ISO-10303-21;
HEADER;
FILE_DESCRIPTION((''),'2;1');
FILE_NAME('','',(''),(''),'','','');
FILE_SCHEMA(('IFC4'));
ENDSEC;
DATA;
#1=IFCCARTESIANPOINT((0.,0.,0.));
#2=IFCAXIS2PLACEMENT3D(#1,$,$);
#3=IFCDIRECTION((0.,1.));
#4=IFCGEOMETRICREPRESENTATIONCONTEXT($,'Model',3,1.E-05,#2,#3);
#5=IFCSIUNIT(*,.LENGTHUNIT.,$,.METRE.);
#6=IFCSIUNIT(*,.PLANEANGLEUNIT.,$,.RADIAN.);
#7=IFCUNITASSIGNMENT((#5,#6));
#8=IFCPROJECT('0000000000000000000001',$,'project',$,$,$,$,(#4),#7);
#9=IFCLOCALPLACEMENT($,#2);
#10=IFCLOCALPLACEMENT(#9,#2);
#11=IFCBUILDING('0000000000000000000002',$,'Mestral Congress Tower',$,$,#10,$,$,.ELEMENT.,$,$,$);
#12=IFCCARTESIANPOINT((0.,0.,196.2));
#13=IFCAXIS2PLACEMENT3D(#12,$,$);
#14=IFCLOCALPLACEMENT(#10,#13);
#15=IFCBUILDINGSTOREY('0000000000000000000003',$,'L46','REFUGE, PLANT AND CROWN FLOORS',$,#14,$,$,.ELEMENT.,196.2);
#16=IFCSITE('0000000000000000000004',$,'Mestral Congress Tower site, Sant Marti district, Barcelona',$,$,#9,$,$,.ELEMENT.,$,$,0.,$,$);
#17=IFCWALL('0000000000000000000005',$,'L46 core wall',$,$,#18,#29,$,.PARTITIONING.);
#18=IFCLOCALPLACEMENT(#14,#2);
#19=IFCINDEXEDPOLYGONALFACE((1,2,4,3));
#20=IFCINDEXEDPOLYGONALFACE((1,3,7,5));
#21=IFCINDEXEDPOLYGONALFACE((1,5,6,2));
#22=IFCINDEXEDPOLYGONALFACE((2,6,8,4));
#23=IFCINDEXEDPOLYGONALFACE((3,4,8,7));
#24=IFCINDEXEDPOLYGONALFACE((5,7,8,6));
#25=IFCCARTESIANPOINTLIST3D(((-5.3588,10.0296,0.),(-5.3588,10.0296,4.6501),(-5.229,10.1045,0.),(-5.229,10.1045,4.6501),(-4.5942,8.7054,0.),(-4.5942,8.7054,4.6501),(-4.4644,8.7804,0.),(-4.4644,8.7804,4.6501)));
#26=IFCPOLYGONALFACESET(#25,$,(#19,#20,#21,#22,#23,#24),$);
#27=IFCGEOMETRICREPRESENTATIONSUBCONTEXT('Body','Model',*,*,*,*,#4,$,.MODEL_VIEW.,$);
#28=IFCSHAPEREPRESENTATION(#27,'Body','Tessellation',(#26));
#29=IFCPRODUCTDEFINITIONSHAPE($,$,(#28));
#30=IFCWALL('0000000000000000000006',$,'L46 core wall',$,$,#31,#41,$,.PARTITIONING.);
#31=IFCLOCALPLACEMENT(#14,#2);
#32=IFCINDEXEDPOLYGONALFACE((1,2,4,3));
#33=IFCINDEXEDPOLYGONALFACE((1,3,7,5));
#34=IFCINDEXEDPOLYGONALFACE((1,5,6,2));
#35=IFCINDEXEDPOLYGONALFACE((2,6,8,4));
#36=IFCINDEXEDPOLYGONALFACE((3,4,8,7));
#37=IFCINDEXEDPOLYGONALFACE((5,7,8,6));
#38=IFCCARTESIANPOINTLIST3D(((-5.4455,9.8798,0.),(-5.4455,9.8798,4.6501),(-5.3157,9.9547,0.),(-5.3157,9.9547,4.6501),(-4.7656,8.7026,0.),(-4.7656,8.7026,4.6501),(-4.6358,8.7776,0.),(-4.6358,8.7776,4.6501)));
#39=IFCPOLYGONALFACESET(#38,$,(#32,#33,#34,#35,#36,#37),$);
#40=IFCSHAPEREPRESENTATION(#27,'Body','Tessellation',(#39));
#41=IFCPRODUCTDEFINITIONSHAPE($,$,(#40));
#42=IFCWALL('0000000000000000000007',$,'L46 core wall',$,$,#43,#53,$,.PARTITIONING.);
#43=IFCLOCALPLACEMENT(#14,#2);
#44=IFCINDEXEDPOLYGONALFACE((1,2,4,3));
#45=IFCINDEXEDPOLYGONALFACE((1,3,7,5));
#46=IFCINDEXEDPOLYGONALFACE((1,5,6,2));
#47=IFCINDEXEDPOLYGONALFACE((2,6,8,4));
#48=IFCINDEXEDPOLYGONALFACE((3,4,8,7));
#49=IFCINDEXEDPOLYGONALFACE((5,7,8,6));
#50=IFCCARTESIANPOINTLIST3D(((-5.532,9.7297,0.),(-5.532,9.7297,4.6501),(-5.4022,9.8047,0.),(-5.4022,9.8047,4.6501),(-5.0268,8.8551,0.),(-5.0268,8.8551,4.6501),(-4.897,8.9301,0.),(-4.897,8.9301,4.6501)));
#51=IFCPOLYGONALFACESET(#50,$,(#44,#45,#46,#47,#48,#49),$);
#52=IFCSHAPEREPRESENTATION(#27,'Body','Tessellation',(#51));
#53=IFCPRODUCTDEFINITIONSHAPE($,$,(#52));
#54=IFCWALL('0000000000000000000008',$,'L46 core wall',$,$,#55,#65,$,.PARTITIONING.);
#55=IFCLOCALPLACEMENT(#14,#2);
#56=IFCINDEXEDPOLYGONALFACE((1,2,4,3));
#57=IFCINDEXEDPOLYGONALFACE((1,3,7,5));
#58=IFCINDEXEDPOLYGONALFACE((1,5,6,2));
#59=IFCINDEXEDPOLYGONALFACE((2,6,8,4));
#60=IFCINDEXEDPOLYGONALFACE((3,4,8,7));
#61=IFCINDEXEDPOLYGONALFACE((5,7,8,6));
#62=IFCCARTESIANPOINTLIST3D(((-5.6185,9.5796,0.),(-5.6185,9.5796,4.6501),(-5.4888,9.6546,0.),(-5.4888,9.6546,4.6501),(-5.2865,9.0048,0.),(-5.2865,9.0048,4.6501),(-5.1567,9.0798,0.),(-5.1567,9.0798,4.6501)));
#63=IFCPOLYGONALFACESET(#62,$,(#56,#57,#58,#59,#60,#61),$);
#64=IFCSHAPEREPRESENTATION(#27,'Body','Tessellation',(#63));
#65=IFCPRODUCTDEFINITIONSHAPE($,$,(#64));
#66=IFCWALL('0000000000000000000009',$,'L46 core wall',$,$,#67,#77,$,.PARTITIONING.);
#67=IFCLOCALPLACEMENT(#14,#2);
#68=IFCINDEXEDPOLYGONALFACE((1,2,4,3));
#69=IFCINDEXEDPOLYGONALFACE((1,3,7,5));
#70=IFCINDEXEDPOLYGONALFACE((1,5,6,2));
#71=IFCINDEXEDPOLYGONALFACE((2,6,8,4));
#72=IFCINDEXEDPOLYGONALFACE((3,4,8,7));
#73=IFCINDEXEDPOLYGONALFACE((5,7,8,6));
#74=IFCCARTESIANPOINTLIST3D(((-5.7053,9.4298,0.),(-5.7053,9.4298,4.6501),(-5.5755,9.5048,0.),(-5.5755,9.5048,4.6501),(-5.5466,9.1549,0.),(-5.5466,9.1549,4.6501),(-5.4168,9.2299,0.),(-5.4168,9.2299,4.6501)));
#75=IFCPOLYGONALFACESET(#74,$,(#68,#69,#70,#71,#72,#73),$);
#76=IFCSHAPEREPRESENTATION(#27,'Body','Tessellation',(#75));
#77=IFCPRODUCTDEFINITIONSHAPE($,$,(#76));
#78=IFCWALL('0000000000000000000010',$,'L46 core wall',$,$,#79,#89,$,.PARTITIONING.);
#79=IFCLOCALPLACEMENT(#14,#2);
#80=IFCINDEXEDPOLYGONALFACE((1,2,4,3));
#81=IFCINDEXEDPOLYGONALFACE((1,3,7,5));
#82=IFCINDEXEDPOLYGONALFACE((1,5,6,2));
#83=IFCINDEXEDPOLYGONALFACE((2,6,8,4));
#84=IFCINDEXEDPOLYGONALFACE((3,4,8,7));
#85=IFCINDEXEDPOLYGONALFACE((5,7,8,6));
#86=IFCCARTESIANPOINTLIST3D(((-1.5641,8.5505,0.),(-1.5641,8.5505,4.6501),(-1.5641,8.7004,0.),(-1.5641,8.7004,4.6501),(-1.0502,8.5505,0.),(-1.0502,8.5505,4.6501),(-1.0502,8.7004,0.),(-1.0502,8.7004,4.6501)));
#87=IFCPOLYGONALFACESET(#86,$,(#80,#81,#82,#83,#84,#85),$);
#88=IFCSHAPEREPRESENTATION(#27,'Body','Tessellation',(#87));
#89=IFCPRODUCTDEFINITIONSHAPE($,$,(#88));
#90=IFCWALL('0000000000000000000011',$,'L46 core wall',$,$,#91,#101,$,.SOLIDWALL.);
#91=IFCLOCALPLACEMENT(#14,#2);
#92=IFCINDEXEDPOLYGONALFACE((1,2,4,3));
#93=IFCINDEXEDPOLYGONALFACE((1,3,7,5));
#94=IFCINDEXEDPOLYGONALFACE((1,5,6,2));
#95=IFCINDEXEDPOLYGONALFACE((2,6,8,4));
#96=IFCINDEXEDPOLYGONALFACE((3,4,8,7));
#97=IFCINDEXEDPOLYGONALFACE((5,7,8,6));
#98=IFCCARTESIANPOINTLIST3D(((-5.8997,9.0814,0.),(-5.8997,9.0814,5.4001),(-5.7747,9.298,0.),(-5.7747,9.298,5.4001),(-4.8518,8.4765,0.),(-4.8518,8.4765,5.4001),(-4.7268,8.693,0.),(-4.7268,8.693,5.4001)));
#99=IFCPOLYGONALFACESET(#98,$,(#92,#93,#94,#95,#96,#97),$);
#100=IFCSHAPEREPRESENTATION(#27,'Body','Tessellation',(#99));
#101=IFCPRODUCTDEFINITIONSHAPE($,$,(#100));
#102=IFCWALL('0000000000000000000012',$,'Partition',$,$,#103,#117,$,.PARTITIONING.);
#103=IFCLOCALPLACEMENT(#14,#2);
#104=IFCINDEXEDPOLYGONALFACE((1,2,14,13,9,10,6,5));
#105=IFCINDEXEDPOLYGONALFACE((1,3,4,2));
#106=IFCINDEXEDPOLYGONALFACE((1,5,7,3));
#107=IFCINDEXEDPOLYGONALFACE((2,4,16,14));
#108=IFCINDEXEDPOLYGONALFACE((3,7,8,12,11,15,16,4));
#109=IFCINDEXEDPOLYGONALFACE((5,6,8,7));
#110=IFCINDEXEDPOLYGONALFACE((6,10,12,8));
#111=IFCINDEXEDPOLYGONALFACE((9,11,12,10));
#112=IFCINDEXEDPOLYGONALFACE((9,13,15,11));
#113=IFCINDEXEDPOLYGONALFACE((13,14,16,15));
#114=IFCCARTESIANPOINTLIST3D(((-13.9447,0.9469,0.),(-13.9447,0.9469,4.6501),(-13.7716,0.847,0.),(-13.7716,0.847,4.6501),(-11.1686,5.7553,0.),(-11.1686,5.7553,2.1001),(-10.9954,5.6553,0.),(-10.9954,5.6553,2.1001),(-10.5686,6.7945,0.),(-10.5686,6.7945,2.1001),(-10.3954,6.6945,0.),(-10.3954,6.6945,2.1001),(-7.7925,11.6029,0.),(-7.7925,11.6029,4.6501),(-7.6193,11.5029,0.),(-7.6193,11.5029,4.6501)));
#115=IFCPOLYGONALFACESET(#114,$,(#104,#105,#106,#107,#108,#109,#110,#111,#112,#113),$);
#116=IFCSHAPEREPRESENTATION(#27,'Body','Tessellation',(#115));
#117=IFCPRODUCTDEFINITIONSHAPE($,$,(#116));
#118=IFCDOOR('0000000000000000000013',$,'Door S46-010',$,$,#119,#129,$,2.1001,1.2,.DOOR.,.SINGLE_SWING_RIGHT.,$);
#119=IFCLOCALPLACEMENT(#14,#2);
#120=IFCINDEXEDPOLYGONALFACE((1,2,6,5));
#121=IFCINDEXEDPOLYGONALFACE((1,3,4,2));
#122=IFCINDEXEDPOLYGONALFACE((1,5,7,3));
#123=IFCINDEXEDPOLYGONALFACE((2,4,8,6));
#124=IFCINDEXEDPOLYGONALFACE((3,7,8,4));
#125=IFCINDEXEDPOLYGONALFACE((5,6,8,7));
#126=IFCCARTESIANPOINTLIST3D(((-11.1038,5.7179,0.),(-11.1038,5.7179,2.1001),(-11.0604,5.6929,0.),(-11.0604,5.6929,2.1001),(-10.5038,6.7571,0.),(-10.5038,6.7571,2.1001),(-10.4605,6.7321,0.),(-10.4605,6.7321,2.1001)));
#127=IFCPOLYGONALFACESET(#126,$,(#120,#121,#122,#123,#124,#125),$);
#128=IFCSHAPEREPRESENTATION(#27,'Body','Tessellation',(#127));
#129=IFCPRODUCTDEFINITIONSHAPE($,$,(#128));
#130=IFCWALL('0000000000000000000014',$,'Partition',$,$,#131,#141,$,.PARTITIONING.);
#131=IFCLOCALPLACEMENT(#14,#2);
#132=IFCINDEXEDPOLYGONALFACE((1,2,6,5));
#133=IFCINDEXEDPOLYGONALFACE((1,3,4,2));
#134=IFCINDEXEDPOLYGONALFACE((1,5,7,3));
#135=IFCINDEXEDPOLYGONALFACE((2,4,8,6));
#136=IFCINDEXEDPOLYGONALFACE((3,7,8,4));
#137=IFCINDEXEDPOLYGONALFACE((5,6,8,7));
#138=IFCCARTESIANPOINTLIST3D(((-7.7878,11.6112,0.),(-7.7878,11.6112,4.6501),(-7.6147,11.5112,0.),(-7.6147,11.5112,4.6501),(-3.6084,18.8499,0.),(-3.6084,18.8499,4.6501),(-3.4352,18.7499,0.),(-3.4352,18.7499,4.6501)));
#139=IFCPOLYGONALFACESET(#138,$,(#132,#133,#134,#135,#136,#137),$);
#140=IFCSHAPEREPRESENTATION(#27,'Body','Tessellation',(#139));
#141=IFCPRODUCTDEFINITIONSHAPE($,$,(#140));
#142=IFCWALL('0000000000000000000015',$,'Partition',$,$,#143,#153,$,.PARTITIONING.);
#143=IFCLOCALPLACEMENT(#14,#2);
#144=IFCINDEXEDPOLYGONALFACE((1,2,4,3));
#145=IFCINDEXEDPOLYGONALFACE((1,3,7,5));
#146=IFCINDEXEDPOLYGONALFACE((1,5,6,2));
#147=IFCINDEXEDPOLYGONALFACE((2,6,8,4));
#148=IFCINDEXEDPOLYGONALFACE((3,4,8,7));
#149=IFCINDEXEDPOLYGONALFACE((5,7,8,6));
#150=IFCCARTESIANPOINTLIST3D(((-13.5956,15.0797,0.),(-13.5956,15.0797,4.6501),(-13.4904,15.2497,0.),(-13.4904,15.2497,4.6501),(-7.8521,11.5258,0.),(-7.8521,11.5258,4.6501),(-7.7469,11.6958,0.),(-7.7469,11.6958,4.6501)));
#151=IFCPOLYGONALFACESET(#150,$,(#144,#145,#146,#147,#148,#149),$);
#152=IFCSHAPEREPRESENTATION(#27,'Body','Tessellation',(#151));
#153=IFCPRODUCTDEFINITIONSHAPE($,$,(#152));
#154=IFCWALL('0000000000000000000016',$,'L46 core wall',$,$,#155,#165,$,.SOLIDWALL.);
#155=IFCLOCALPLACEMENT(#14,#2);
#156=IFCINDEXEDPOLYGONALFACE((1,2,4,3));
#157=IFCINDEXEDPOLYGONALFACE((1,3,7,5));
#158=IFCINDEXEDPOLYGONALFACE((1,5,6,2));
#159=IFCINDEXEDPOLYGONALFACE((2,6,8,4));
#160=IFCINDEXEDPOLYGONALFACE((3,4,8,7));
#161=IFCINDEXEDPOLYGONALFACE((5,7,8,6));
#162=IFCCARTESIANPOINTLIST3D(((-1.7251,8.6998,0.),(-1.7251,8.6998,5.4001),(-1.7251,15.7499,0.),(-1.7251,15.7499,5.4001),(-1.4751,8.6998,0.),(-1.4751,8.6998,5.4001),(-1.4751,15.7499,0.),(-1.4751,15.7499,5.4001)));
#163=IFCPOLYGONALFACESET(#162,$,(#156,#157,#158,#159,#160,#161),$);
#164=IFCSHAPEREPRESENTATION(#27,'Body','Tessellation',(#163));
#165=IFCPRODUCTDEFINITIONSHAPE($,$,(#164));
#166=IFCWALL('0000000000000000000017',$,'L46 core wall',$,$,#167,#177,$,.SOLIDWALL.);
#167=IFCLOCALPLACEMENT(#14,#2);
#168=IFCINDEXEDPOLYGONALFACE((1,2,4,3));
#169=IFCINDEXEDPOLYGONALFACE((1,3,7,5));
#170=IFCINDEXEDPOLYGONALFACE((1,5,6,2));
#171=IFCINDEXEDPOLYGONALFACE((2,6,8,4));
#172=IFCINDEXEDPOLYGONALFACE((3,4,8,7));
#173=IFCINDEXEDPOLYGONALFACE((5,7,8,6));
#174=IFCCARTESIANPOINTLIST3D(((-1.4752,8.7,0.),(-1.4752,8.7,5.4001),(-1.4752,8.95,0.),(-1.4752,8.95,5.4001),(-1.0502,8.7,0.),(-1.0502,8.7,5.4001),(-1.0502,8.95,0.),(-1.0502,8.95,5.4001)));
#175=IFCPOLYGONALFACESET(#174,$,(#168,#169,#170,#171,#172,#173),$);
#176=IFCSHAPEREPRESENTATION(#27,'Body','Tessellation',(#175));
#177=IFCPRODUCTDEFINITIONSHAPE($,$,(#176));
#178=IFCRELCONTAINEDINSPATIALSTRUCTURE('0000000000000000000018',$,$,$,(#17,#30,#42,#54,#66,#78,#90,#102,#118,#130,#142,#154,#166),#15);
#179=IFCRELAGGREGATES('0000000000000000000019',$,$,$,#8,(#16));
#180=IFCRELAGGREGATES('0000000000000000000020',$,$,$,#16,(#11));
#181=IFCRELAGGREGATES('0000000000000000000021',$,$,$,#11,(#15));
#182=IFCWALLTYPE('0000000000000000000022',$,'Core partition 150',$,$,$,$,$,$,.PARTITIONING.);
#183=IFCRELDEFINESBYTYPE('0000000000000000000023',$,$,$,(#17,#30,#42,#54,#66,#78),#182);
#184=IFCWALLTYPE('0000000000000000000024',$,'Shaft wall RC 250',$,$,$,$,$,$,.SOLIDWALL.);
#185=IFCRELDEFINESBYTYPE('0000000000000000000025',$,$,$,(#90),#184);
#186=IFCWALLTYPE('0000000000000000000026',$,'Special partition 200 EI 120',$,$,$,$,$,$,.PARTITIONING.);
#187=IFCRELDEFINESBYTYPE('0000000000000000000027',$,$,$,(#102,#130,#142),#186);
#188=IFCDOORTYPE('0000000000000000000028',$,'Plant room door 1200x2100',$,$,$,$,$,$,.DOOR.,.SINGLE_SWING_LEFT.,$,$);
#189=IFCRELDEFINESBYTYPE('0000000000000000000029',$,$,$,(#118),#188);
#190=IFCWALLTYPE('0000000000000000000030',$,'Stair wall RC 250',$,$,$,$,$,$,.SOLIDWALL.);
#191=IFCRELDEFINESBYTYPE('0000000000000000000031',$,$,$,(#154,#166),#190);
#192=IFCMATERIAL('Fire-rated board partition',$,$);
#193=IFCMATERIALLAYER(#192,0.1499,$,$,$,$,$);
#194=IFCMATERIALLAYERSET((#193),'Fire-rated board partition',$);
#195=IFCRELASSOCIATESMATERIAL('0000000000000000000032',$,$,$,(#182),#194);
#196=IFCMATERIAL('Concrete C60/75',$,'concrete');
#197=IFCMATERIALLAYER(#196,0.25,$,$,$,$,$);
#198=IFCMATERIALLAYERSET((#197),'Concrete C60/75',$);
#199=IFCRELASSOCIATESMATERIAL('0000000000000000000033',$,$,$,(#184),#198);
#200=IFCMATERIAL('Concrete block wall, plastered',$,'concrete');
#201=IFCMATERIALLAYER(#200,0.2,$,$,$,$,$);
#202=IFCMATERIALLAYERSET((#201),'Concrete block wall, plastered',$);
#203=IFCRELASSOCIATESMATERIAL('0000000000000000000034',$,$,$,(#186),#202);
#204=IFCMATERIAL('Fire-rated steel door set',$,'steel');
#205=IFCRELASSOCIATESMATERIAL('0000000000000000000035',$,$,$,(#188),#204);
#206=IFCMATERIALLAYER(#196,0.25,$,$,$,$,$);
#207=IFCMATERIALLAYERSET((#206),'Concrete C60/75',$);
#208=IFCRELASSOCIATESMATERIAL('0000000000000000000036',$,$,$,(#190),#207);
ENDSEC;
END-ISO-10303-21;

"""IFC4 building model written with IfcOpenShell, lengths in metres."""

from ifc_helpers import new_model, si_unit, direction, frame, frame_2d, origin, place, context, subcontext, project, spatial, rectangle, extrude, material, layer, layer_set, type_object, element, fill, save


model = new_model("IFC4")

# Units and contexts
model_context = context("Model", 3, precision=1e-05, world=origin(), true_north=direction((0.0, 1.0)))
body_context = subcontext(model_context, "Body", "Model", "MODEL_VIEW")
ifc_project = project(units=[si_unit("LENGTHUNIT", "METRE"), si_unit("PLANEANGLEUNIT", "RADIAN")], contexts=[model_context])

# Site, building, storey
site_placement = place(None, origin())
site = spatial("IfcSite", under=ifc_project, at=site_placement, Name="Mestral Congress Tower site, Sant Marti district, Barcelona", CompositionType="ELEMENT", RefElevation=0.0)
building_placement = place(site_placement, origin())
building = spatial("IfcBuilding", under=site, at=building_placement, Name="Mestral Congress Tower", CompositionType="ELEMENT")
storey_placement = place(building_placement, frame((0.0, 0.0, 196.2)))
storey = spatial("IfcBuildingStorey", under=building, at=storey_placement, Name="L46", Description="REFUGE, PLANT AND CROWN FLOORS", CompositionType="ELEMENT", Elevation=196.2)

# Walls
ifc_material_1 = material(Name="Fire-rated board partition")
ifc_layer_1 = layer(ifc_material_1, 0.1499)
ifc_layer_set_1 = layer_set([ifc_layer_1], Name="Fire-rated board partition")
wall_type_1 = type_object("IfcWallType", Name="Core partition 150", PredefinedType="PARTITIONING", material=ifc_layer_set_1)
wall_1_placement = place(storey_placement, frame((-5.2939, 10.0671, 0.0), z_axis=(0.0, 0.0, 1.0), x_axis=(0.500054, -0.865994, 0.0)))
element("IfcWall", 1, at=wall_1_placement, inside=storey, type_object=wall_type_1, Name="L46 core wall", PredefinedType="PARTITIONING", context=body_context, shape_type="SweptSolid", body=[
    extrude(rectangle(XDim=1.5291, YDim=0.1499, at=frame_2d((0.7646, 0.0))), origin(), (0.0, 0.0, 1.0), 4.6501),
])
wall_2_placement = place(storey_placement, frame((-5.3806, 9.9172, 0.0), z_axis=(0.0, 0.0, 1.0), x_axis=(0.500137, -0.865946, 0.0)))
element("IfcWall", 2, at=wall_2_placement, inside=storey, type_object=wall_type_1, Name="L46 core wall", PredefinedType="PARTITIONING", context=body_context, shape_type="SweptSolid", body=[
    extrude(rectangle(XDim=1.3594, YDim=0.1499, at=frame_2d((0.6797, 0.0))), origin(), (0.0, 0.0, 1.0), 4.6501),
])
wall_3_placement = place(storey_placement, frame((-5.467, 9.7671, 0.0), z_axis=(0.0, 0.0, 1.0), x_axis=(0.500169, -0.865928, 0.0)))
element("IfcWall", 3, at=wall_3_placement, inside=storey, type_object=wall_type_1, Name="L46 core wall", PredefinedType="PARTITIONING", context=body_context, shape_type="SweptSolid", body=[
    extrude(rectangle(XDim=1.01, YDim=0.1499, at=frame_2d((0.5049, 0.0))), origin(), (0.0, 0.0, 1.0), 4.6501),
])
wall_4_placement = place(storey_placement, frame((-5.5537, 9.6172, 0.0), z_axis=(0.0, 0.0, 1.0), x_axis=(0.500253, -0.865879, 0.0)))
element("IfcWall", 4, at=wall_4_placement, inside=storey, type_object=wall_type_1, Name="L46 core wall", PredefinedType="PARTITIONING", context=body_context, shape_type="SweptSolid", body=[
    extrude(rectangle(XDim=0.6638, YDim=0.1499, at=frame_2d((0.332, 0.0))), origin(), (0.0, 0.0, 1.0), 4.6501),
])
wall_5_placement = place(storey_placement, frame((-5.6404, 9.4673, 0.0), z_axis=(0.0, 0.0, 1.0), x_axis=(0.499944, -0.866058, 0.0)))
element("IfcWall", 5, at=wall_5_placement, inside=storey, type_object=wall_type_1, Name="L46 core wall", PredefinedType="PARTITIONING", context=body_context, shape_type="SweptSolid", body=[
    extrude(rectangle(XDim=0.3174, YDim=0.1499, at=frame_2d((0.1587, 0.0))), origin(), (0.0, 0.0, 1.0), 4.6501),
])
wall_6_placement = place(storey_placement, frame((-1.564, 8.6255, 0.0), z_axis=(0.0, 0.0, 1.0), x_axis=(1.0, 0.0, 0.0)))
element("IfcWall", 6, at=wall_6_placement, inside=storey, type_object=wall_type_1, Name="L46 core wall", PredefinedType="PARTITIONING", context=body_context, shape_type="SweptSolid", body=[
    extrude(rectangle(XDim=0.5139, YDim=0.1499, at=frame_2d((0.2568, 0.0))), origin(), (0.0, 0.0, 1.0), 4.6501),
])
ifc_material_2 = material(Name="Concrete C60/75", Category="concrete")
ifc_layer_2 = layer(ifc_material_2, 0.25)
ifc_layer_set_2 = layer_set([ifc_layer_2], Name="Concrete C60/75")
wall_type_2 = type_object("IfcWallType", Name="Shaft wall RC 250", PredefinedType="SOLIDWALL", material=ifc_layer_set_2)
wall_7_placement = place(storey_placement, frame((-5.8372, 9.1897, 0.0), z_axis=(0.0, 0.0, 1.0), x_axis=(0.866024, -0.500002, 0.0)))
element("IfcWall", 7, at=wall_7_placement, inside=storey, type_object=wall_type_2, Name="L46 core wall", PredefinedType="SOLIDWALL", context=body_context, shape_type="SweptSolid", body=[
    extrude(rectangle(XDim=1.21, YDim=0.25, at=frame_2d((0.605, 0.0))), origin(), (0.0, 0.0, 1.0), 5.4001),
])

# Wall, opening, door
ifc_material_3 = material(Name="Concrete block wall, plastered", Category="concrete")
ifc_layer_3 = layer(ifc_material_3, 0.2)
ifc_layer_set_3 = layer_set([ifc_layer_3], Name="Concrete block wall, plastered")
wall_type_3 = type_object("IfcWallType", Name="Special partition 200 EI 120", PredefinedType="PARTITIONING", material=ifc_layer_set_3)
wall_8_placement = place(storey_placement, frame((-7.7058, 11.553, 0.0), z_axis=(0.0, 0.0, 1.0), x_axis=(-0.500006, -0.866022, 0.0)))
wall_8 = element("IfcWall", 8, at=wall_8_placement, inside=storey, type_object=wall_type_3, Name="Partition", PredefinedType="PARTITIONING", context=body_context, shape_type="SweptSolid", body=[
    extrude(rectangle(XDim=12.3044, YDim=0.2, at=frame_2d((6.1523, 0.0))), origin(), (0.0, 0.0, 1.0), 4.6501),
])
opening_placement = place(wall_8_placement, frame((5.5522, 0.0, 0.0)))
opening = element("IfcOpeningElement", 9, at=opening_placement, cuts=wall_8, PredefinedType="OPENING", context=body_context, shape_type="SweptSolid", body=[
    extrude(rectangle(XDim=1.2, YDim=2.1001, at=frame_2d((0.6001, 1.05))), frame((0.0, 0.1099, 0.0), z_axis=(0.0, -1.0, 0.0), x_axis=(1.0, 0.0, 0.0)), (0.0, 0.0, 1.0), 0.22),
])
ifc_material_4 = material(Name="Fire-rated steel door set", Category="steel")
door_type = type_object("IfcDoorType", Name="Plant room door 1200x2100", OperationType="SINGLE_SWING_LEFT", PredefinedType="DOOR", material=ifc_material_4)
door_placement = place(opening_placement, origin())
door = element("IfcDoor", 10, at=door_placement, inside=storey, type_object=door_type, Name="Door S46-010", OperationType="SINGLE_SWING_RIGHT", OverallHeight=2.1001, OverallWidth=1.2, PredefinedType="DOOR", context=body_context, shape_type="SweptSolid", body=[
    extrude(rectangle(XDim=1.2, YDim=2.1001, at=frame_2d((0.6001, 1.05))), frame((0.0, 0.0249, 0.0), z_axis=(0.0, -1.0, 0.0), x_axis=(1.0, 0.0, 0.0)), (0.0, 0.0, 1.0), 0.05),
])
fill(opening, door)

# Walls
wall_9_placement = place(storey_placement, frame((-7.7012, 11.5613, 0.0), z_axis=(0.0, 0.0, 1.0), x_axis=(0.500012, 0.866018, 0.0)))
element("IfcWall", 11, at=wall_9_placement, inside=storey, type_object=wall_type_3, Name="Partition", PredefinedType="PARTITIONING", context=body_context, shape_type="SweptSolid", body=[
    extrude(rectangle(XDim=8.3586, YDim=0.2, at=frame_2d((4.1792, 0.0))), origin(), (0.0, 0.0, 1.0), 4.6501),
])
wall_10_placement = place(storey_placement, frame((-7.7996, 11.6108, 0.0), z_axis=(0.0, 0.0, 1.0), x_axis=(-0.850374, 0.526179, 0.0)))
element("IfcWall", 12, at=wall_10_placement, inside=storey, type_object=wall_type_3, Name="Partition", PredefinedType="PARTITIONING", context=body_context, shape_type="SweptSolid", body=[
    extrude(rectangle(XDim=6.7542, YDim=0.2, at=frame_2d((3.377, 0.0))), origin(), (0.0, 0.0, 1.0), 4.6501),
])
ifc_layer_4 = layer(ifc_material_2, 0.25)
ifc_layer_set_4 = layer_set([ifc_layer_4], Name="Concrete C60/75")
wall_type_4 = type_object("IfcWallType", Name="Stair wall RC 250", PredefinedType="SOLIDWALL", material=ifc_layer_set_4)
wall_11_placement = place(storey_placement, frame((-1.6001, 8.7, 0.0), z_axis=(0.0, 0.0, 1.0), x_axis=(0.0, 1.0, 0.0)))
element("IfcWall", 13, at=wall_11_placement, inside=storey, type_object=wall_type_4, Name="L46 core wall", PredefinedType="SOLIDWALL", context=body_context, shape_type="SweptSolid", body=[
    extrude(rectangle(XDim=7.05, YDim=0.25, at=frame_2d((3.5249, 0.0))), origin(), (0.0, 0.0, 1.0), 5.4001),
])
wall_12_placement = place(storey_placement, frame((-1.4751, 8.825, 0.0), z_axis=(0.0, 0.0, 1.0), x_axis=(1.0, 0.0, 0.0)))
element("IfcWall", 14, at=wall_12_placement, inside=storey, type_object=wall_type_4, Name="L46 core wall", PredefinedType="SOLIDWALL", context=body_context, shape_type="SweptSolid", body=[
    extrude(rectangle(XDim=0.425, YDim=0.25, at=frame_2d((0.2124, 0.0))), origin(), (0.0, 0.0, 1.0), 5.4001),
])

save(model, "model.ifc")
